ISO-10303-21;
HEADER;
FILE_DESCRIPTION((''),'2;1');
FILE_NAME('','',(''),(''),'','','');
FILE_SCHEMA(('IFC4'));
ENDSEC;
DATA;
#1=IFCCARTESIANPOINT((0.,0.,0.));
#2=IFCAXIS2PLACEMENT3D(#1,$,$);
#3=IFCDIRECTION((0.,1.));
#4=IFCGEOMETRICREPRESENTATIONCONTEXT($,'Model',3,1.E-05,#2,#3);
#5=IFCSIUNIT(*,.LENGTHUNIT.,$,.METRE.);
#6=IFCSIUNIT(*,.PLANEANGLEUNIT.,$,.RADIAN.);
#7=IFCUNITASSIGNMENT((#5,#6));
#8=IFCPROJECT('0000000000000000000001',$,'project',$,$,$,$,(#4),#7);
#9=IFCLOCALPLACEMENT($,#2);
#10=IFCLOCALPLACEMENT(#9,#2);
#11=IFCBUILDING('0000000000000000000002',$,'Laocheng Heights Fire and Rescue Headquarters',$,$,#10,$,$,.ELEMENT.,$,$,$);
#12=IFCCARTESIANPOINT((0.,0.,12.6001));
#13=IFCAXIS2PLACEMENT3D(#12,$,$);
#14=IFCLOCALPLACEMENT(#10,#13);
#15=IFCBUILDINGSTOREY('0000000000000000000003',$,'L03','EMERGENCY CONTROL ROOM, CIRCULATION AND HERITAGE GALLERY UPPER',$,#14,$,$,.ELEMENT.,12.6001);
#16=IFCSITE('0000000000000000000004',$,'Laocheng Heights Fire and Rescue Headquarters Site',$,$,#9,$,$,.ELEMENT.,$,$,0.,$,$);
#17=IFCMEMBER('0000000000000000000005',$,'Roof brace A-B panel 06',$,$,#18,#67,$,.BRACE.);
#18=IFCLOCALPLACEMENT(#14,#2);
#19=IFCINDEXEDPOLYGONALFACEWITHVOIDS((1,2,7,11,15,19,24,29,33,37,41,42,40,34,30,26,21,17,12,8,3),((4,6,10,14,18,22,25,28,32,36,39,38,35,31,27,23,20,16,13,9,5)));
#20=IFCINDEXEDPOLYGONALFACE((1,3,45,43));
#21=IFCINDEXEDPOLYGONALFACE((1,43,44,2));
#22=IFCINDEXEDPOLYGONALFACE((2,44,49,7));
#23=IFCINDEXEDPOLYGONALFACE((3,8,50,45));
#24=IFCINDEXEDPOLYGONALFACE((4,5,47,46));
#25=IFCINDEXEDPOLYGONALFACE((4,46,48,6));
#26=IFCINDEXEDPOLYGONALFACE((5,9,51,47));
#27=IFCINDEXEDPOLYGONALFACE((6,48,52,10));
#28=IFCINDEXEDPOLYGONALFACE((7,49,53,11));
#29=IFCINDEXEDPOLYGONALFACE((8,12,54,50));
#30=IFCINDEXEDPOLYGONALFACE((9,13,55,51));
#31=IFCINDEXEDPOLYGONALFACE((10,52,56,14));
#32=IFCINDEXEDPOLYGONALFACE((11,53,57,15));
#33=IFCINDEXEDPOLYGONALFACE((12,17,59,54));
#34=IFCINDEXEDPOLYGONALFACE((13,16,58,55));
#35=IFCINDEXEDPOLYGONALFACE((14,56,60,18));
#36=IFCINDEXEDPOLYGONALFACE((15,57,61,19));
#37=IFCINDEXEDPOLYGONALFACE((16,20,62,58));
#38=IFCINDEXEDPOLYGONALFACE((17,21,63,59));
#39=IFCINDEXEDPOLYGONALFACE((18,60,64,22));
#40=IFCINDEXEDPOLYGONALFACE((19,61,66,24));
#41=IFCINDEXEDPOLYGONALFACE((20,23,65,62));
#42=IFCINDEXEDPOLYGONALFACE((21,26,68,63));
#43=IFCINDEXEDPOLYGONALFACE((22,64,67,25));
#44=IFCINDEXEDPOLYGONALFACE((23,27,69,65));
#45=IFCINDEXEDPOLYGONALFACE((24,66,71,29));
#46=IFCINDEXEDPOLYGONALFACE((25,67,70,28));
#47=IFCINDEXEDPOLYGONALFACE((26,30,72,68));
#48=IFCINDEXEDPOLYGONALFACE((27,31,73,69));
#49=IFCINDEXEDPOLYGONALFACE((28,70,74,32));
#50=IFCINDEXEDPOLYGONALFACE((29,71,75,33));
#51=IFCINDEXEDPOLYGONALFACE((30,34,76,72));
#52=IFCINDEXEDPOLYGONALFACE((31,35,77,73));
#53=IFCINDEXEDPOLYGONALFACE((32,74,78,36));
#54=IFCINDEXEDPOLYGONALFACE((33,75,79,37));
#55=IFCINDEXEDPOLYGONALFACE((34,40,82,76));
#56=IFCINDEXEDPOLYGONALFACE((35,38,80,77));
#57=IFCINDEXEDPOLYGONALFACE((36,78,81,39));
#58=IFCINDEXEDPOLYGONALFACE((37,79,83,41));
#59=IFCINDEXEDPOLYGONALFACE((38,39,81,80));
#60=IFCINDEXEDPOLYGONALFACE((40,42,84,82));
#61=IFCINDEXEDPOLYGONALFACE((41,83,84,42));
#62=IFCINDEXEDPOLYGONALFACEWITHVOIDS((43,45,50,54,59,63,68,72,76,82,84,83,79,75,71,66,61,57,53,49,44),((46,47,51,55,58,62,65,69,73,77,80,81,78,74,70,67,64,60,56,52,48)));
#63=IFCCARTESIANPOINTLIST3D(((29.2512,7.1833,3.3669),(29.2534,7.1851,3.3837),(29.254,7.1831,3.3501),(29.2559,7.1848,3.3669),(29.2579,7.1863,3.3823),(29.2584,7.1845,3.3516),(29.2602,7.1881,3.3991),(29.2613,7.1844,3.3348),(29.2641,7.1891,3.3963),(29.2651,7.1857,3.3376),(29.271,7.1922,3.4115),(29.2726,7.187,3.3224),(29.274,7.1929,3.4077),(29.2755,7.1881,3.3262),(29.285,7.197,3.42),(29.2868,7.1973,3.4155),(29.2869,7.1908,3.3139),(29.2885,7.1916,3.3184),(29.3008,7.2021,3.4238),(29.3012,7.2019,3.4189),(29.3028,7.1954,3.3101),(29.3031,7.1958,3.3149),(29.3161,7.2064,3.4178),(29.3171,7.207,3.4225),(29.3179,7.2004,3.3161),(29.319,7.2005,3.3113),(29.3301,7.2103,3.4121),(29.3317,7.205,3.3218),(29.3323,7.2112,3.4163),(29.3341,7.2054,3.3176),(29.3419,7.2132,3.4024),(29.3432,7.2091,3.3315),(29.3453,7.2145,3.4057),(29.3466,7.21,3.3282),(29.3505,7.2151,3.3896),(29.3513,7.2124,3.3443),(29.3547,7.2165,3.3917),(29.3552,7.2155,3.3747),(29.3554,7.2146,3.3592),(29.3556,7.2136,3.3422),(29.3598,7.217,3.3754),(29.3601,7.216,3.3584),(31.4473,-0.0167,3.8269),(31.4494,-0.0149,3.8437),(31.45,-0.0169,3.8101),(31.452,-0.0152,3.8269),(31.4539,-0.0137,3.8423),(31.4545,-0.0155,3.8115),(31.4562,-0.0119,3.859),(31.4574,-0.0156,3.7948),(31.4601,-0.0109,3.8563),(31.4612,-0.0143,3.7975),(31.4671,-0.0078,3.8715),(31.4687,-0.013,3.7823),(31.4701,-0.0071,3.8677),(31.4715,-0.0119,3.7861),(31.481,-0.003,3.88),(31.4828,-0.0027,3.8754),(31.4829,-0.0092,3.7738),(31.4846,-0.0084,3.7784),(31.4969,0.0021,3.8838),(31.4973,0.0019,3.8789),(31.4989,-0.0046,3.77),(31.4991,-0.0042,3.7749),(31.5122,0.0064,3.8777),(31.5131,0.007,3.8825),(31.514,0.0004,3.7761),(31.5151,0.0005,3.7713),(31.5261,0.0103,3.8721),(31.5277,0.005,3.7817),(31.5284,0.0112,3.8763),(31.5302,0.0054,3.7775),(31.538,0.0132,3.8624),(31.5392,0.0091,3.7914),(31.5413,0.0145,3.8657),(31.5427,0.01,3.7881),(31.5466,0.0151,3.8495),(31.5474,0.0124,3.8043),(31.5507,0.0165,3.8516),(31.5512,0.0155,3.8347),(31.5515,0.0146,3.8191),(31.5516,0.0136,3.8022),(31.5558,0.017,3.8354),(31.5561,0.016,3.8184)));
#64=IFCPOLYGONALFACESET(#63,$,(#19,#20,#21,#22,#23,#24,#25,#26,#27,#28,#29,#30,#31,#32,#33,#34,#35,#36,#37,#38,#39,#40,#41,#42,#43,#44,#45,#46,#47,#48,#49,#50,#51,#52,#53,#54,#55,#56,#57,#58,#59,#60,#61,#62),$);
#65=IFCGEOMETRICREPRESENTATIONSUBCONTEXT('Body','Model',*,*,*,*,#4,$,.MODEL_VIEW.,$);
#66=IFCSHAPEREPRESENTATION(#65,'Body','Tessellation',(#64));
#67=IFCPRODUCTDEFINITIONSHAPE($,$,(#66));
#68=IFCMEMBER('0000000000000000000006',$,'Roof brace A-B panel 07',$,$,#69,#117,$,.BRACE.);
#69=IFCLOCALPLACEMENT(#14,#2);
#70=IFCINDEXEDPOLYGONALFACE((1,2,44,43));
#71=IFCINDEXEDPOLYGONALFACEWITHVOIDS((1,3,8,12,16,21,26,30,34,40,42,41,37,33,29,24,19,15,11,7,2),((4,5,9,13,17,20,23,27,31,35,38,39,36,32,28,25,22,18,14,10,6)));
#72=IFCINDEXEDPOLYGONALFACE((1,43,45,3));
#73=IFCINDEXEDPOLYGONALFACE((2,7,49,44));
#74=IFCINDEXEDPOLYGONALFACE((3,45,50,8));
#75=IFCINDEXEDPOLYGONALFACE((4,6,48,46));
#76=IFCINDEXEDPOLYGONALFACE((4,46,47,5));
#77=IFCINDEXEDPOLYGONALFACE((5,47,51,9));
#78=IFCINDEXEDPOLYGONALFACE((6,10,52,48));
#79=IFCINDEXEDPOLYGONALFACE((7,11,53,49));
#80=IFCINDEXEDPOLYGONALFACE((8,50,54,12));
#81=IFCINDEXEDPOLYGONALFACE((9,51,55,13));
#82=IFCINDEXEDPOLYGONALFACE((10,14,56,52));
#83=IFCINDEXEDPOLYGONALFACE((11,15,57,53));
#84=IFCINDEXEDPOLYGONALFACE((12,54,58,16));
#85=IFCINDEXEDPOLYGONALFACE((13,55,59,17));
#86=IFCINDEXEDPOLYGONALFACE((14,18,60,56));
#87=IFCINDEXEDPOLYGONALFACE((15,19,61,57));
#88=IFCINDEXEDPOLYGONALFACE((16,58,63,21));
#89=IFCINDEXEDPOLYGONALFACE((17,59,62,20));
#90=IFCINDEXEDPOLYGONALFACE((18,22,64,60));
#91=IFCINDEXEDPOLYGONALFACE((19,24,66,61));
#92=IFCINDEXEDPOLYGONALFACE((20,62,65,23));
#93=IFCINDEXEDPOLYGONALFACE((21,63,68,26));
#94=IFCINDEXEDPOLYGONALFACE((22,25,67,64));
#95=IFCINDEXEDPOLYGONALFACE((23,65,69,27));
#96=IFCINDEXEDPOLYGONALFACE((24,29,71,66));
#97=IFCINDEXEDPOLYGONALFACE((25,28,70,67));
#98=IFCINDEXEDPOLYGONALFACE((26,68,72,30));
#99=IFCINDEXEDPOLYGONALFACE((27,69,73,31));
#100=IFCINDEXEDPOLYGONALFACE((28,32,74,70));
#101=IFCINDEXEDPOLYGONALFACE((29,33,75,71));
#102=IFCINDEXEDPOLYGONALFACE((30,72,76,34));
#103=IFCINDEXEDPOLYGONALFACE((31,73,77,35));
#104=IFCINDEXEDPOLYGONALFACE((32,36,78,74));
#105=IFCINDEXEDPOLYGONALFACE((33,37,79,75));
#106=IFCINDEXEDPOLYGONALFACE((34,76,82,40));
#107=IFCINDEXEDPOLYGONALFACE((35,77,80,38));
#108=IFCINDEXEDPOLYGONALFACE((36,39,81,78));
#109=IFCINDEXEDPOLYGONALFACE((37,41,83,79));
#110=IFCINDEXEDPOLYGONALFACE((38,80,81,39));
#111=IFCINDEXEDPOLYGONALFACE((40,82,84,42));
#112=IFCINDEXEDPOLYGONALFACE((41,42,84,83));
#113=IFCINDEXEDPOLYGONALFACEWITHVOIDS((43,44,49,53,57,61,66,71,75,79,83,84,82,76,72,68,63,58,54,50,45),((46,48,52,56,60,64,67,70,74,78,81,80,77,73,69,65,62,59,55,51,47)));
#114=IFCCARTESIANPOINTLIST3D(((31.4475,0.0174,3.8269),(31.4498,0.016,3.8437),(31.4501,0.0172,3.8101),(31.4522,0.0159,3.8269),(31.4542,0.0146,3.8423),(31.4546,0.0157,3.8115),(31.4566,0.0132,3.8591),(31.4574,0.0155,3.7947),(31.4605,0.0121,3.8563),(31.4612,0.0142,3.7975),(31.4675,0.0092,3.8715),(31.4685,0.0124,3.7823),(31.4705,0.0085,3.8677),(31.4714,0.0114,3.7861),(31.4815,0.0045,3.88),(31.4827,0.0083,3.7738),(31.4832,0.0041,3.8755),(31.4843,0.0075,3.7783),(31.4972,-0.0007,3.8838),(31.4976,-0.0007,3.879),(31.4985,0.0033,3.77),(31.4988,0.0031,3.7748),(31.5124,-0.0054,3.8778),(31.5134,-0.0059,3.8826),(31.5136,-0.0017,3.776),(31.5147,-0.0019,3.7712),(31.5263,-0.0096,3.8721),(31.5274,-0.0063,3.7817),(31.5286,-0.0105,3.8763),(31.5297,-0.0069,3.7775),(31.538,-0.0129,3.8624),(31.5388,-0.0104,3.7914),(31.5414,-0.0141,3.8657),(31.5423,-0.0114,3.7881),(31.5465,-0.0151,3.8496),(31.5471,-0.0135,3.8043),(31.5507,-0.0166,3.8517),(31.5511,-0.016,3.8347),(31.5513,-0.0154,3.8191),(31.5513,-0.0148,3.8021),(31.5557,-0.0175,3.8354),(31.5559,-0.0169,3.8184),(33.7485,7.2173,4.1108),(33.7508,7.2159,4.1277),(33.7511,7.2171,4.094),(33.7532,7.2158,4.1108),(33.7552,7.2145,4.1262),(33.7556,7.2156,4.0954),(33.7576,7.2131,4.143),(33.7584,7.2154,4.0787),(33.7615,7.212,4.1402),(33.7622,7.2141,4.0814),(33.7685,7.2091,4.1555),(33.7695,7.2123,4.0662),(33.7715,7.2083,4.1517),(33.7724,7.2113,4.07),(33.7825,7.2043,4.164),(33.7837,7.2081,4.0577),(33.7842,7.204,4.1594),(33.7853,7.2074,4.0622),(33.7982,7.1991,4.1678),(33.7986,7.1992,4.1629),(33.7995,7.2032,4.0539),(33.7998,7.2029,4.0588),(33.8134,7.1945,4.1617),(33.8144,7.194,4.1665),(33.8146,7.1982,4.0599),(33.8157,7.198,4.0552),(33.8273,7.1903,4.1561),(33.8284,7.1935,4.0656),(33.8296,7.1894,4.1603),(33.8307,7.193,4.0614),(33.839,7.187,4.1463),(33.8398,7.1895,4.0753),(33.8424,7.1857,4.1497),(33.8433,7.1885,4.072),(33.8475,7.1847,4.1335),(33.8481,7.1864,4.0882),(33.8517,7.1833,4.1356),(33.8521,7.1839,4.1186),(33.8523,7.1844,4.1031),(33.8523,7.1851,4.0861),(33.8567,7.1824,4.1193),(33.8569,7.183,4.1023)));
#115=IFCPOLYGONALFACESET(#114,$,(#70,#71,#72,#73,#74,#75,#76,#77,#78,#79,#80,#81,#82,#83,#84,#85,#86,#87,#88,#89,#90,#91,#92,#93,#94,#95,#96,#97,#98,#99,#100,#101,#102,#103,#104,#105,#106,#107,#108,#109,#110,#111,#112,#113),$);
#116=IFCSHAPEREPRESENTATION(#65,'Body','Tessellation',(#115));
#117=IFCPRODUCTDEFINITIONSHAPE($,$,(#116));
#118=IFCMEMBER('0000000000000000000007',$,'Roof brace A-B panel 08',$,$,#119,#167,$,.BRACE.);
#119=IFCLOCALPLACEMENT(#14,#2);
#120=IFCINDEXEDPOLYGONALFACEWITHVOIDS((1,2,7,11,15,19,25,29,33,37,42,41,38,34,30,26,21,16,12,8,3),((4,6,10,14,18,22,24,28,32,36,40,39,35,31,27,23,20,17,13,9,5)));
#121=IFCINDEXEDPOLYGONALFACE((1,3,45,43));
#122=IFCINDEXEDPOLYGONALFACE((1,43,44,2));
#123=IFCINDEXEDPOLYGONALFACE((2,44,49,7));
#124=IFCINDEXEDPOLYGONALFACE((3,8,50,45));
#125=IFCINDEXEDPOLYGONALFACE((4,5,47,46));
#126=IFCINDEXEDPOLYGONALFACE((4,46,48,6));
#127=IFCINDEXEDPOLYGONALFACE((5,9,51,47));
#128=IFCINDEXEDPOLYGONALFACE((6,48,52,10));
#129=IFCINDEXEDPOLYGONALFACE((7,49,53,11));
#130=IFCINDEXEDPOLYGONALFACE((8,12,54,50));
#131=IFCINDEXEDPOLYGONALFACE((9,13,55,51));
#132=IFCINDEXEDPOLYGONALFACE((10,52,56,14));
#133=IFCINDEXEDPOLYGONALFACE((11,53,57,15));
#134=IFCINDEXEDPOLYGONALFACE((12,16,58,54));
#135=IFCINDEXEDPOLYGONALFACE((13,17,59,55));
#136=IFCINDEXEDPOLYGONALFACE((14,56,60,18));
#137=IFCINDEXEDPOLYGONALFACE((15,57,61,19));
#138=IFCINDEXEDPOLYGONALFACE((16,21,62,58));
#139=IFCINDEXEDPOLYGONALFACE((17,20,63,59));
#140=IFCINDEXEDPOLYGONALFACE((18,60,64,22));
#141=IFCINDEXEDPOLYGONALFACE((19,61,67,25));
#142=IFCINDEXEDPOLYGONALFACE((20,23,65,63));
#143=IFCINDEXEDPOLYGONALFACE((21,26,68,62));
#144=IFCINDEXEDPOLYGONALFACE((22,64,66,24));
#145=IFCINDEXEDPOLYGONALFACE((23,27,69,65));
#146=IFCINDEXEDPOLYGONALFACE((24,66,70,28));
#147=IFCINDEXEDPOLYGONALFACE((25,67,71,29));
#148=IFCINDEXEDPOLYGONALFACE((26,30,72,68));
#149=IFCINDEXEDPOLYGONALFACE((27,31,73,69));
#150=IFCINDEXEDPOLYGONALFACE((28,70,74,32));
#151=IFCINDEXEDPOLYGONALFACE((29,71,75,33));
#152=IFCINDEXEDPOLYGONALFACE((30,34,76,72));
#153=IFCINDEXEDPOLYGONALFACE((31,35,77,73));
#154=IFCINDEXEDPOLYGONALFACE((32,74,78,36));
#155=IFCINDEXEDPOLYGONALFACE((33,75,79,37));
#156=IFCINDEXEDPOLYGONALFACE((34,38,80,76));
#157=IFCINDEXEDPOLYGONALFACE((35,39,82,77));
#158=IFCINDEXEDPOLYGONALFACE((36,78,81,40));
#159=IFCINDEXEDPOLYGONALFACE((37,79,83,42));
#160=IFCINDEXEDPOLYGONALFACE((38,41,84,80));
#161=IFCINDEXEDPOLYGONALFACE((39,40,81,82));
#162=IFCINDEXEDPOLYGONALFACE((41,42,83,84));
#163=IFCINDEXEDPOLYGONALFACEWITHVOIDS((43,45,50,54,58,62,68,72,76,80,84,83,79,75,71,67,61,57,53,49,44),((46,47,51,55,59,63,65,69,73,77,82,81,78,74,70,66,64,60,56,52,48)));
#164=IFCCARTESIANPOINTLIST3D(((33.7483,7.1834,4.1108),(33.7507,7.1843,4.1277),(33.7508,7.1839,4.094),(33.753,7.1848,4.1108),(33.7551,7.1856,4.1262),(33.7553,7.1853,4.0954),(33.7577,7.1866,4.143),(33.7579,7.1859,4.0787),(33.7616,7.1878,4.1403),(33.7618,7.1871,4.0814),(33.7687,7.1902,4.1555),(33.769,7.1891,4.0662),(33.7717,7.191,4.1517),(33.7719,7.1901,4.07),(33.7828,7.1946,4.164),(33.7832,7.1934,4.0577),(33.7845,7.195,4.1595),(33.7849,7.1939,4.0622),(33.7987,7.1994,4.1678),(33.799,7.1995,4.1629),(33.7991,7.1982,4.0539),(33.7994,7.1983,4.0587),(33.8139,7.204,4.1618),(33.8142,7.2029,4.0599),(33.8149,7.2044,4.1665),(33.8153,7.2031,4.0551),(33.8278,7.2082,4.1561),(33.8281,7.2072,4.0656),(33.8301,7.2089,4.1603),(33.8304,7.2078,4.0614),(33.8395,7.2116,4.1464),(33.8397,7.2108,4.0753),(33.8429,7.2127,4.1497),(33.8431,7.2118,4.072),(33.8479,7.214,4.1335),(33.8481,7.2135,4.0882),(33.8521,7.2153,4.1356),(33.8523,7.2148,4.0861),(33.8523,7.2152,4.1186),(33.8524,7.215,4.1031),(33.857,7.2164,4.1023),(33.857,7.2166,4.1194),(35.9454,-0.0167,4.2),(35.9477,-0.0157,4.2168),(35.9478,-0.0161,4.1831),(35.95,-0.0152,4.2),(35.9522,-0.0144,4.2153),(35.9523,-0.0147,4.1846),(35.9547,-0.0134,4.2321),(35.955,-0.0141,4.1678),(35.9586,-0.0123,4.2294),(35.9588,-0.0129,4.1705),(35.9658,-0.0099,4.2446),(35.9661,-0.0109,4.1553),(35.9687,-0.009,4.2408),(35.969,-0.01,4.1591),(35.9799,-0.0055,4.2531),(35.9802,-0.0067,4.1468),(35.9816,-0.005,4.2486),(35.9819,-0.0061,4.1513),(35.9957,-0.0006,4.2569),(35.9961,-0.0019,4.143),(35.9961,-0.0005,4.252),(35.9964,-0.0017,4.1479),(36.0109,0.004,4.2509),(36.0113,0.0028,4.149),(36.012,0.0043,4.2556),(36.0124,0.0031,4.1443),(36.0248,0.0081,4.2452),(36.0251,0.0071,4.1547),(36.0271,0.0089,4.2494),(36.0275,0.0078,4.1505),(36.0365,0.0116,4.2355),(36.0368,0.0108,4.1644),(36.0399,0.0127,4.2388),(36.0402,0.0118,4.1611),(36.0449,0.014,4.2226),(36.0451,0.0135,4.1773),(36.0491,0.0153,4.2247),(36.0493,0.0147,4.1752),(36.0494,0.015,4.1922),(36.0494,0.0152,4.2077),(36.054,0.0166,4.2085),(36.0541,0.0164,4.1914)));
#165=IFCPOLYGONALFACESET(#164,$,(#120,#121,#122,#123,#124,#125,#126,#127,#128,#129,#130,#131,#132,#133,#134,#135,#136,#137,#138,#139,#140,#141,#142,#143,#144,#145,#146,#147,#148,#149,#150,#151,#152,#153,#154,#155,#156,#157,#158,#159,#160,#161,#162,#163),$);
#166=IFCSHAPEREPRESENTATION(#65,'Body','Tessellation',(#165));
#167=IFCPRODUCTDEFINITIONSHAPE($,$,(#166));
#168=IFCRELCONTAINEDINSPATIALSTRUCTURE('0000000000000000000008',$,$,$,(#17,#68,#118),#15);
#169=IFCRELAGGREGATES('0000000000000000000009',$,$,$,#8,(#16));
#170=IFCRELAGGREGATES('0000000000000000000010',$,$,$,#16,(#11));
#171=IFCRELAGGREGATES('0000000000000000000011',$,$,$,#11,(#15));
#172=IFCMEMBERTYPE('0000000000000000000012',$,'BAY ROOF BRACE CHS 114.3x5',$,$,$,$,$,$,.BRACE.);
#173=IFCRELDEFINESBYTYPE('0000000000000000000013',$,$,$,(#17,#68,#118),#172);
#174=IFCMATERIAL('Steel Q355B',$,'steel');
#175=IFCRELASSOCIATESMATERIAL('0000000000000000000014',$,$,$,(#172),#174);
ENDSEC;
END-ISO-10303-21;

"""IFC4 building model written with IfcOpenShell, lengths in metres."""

from ifc_helpers import new_model, si_unit, direction, frame, origin, origin_2d, place, context, subcontext, project, spatial, hollow_circle, extrude, material, material_profile, profile_set, type_object, element, save


model = new_model("IFC4")

# Units and contexts
model_context = context("Model", 3, precision=1e-05, world=origin(), true_north=direction((0.0, 1.0)))
body_context = subcontext(model_context, "Body", "Model", "MODEL_VIEW")
ifc_project = project(units=[si_unit("LENGTHUNIT", "METRE"), si_unit("PLANEANGLEUNIT", "RADIAN")], contexts=[model_context])

# Site, building, storey
site_placement = place(None, origin())
site = spatial("IfcSite", under=ifc_project, at=site_placement, Name="Laocheng Heights Fire and Rescue Headquarters Site", CompositionType="ELEMENT", RefElevation=0.0)
building_placement = place(site_placement, origin())
building = spatial("IfcBuilding", under=site, at=building_placement, Name="Laocheng Heights Fire and Rescue Headquarters", CompositionType="ELEMENT")
storey_placement = place(building_placement, frame((0.0, 0.0, 12.6001)))
storey = spatial("IfcBuildingStorey", under=building, at=storey_placement, Name="L03", Description="EMERGENCY CONTROL ROOM, CIRCULATION AND HERITAGE GALLERY UPPER", CompositionType="ELEMENT", Elevation=12.6001)

# Members
ifc_material_1 = material(Name="Steel Q355B", Category="steel")
ifc_material_profile_1 = material_profile(ifc_material_1, hollow_circle(Radius=0.0571, WallThickness=0.0049, at=origin_2d()), Name="CHS 114.3x5")
ifc_profile_set_1 = profile_set([ifc_material_profile_1], Name="Steel Q355B")
member_type_1 = type_object("IfcMemberType", Name="BAY ROOF BRACE CHS 114.3x5", PredefinedType="BRACE", material=ifc_profile_set_1)
member_1_placement = place(storey_placement, frame((31.502, 0.0, 3.8269), z_axis=(-0.291197, 0.954717, -0.060991), x_axis=(-0.956498, -0.29174, 0.0)))
element("IfcMember", 1, at=member_1_placement, inside=storey, type_object=member_type_1, Name="Roof brace A-B panel 06", PredefinedType="BRACE", context=body_context, shape_type="SweptSolid", body=[
    extrude(hollow_circle(Radius=0.0571, WallThickness=0.0049, at=origin_2d()), origin(), (0.0, 0.0, 1.0), 7.5415),
])
member_2_placement = place(storey_placement, frame((31.502, 0.0, 3.8269), z_axis=(0.304206, 0.951866, 0.037538), x_axis=(-0.952538, 0.304421, 0.0)))
element("IfcMember", 2, at=member_2_placement, inside=storey, type_object=member_type_1, Name="Roof brace A-B panel 07", PredefinedType="BRACE", context=body_context, shape_type="SweptSolid", body=[
    extrude(hollow_circle(Radius=0.0571, WallThickness=0.0049, at=origin_2d()), origin(), (0.0, 0.0, 1.0), 7.564),
])
for number, where, z_axis, x_axis, name in (
    (3, (36.0, 0.0, 4.2), (-0.291838, 0.956395, -0.011837), (-0.956462, -0.291858, 0.0), "Roof brace A-B panel 08"),
):
    element("IfcMember", number, at=place(storey_placement, frame(where, z_axis=z_axis, x_axis=x_axis)), inside=storey, type_object=member_type_1, Name=name, PredefinedType="BRACE", context=body_context, shape_type="SweptSolid", body=[
        extrude(hollow_circle(Radius=0.0571, WallThickness=0.0049, at=origin_2d()), origin(), (0.0, 0.0, 1.0), 7.5283),
    ])

save(model, "model.ifc")
